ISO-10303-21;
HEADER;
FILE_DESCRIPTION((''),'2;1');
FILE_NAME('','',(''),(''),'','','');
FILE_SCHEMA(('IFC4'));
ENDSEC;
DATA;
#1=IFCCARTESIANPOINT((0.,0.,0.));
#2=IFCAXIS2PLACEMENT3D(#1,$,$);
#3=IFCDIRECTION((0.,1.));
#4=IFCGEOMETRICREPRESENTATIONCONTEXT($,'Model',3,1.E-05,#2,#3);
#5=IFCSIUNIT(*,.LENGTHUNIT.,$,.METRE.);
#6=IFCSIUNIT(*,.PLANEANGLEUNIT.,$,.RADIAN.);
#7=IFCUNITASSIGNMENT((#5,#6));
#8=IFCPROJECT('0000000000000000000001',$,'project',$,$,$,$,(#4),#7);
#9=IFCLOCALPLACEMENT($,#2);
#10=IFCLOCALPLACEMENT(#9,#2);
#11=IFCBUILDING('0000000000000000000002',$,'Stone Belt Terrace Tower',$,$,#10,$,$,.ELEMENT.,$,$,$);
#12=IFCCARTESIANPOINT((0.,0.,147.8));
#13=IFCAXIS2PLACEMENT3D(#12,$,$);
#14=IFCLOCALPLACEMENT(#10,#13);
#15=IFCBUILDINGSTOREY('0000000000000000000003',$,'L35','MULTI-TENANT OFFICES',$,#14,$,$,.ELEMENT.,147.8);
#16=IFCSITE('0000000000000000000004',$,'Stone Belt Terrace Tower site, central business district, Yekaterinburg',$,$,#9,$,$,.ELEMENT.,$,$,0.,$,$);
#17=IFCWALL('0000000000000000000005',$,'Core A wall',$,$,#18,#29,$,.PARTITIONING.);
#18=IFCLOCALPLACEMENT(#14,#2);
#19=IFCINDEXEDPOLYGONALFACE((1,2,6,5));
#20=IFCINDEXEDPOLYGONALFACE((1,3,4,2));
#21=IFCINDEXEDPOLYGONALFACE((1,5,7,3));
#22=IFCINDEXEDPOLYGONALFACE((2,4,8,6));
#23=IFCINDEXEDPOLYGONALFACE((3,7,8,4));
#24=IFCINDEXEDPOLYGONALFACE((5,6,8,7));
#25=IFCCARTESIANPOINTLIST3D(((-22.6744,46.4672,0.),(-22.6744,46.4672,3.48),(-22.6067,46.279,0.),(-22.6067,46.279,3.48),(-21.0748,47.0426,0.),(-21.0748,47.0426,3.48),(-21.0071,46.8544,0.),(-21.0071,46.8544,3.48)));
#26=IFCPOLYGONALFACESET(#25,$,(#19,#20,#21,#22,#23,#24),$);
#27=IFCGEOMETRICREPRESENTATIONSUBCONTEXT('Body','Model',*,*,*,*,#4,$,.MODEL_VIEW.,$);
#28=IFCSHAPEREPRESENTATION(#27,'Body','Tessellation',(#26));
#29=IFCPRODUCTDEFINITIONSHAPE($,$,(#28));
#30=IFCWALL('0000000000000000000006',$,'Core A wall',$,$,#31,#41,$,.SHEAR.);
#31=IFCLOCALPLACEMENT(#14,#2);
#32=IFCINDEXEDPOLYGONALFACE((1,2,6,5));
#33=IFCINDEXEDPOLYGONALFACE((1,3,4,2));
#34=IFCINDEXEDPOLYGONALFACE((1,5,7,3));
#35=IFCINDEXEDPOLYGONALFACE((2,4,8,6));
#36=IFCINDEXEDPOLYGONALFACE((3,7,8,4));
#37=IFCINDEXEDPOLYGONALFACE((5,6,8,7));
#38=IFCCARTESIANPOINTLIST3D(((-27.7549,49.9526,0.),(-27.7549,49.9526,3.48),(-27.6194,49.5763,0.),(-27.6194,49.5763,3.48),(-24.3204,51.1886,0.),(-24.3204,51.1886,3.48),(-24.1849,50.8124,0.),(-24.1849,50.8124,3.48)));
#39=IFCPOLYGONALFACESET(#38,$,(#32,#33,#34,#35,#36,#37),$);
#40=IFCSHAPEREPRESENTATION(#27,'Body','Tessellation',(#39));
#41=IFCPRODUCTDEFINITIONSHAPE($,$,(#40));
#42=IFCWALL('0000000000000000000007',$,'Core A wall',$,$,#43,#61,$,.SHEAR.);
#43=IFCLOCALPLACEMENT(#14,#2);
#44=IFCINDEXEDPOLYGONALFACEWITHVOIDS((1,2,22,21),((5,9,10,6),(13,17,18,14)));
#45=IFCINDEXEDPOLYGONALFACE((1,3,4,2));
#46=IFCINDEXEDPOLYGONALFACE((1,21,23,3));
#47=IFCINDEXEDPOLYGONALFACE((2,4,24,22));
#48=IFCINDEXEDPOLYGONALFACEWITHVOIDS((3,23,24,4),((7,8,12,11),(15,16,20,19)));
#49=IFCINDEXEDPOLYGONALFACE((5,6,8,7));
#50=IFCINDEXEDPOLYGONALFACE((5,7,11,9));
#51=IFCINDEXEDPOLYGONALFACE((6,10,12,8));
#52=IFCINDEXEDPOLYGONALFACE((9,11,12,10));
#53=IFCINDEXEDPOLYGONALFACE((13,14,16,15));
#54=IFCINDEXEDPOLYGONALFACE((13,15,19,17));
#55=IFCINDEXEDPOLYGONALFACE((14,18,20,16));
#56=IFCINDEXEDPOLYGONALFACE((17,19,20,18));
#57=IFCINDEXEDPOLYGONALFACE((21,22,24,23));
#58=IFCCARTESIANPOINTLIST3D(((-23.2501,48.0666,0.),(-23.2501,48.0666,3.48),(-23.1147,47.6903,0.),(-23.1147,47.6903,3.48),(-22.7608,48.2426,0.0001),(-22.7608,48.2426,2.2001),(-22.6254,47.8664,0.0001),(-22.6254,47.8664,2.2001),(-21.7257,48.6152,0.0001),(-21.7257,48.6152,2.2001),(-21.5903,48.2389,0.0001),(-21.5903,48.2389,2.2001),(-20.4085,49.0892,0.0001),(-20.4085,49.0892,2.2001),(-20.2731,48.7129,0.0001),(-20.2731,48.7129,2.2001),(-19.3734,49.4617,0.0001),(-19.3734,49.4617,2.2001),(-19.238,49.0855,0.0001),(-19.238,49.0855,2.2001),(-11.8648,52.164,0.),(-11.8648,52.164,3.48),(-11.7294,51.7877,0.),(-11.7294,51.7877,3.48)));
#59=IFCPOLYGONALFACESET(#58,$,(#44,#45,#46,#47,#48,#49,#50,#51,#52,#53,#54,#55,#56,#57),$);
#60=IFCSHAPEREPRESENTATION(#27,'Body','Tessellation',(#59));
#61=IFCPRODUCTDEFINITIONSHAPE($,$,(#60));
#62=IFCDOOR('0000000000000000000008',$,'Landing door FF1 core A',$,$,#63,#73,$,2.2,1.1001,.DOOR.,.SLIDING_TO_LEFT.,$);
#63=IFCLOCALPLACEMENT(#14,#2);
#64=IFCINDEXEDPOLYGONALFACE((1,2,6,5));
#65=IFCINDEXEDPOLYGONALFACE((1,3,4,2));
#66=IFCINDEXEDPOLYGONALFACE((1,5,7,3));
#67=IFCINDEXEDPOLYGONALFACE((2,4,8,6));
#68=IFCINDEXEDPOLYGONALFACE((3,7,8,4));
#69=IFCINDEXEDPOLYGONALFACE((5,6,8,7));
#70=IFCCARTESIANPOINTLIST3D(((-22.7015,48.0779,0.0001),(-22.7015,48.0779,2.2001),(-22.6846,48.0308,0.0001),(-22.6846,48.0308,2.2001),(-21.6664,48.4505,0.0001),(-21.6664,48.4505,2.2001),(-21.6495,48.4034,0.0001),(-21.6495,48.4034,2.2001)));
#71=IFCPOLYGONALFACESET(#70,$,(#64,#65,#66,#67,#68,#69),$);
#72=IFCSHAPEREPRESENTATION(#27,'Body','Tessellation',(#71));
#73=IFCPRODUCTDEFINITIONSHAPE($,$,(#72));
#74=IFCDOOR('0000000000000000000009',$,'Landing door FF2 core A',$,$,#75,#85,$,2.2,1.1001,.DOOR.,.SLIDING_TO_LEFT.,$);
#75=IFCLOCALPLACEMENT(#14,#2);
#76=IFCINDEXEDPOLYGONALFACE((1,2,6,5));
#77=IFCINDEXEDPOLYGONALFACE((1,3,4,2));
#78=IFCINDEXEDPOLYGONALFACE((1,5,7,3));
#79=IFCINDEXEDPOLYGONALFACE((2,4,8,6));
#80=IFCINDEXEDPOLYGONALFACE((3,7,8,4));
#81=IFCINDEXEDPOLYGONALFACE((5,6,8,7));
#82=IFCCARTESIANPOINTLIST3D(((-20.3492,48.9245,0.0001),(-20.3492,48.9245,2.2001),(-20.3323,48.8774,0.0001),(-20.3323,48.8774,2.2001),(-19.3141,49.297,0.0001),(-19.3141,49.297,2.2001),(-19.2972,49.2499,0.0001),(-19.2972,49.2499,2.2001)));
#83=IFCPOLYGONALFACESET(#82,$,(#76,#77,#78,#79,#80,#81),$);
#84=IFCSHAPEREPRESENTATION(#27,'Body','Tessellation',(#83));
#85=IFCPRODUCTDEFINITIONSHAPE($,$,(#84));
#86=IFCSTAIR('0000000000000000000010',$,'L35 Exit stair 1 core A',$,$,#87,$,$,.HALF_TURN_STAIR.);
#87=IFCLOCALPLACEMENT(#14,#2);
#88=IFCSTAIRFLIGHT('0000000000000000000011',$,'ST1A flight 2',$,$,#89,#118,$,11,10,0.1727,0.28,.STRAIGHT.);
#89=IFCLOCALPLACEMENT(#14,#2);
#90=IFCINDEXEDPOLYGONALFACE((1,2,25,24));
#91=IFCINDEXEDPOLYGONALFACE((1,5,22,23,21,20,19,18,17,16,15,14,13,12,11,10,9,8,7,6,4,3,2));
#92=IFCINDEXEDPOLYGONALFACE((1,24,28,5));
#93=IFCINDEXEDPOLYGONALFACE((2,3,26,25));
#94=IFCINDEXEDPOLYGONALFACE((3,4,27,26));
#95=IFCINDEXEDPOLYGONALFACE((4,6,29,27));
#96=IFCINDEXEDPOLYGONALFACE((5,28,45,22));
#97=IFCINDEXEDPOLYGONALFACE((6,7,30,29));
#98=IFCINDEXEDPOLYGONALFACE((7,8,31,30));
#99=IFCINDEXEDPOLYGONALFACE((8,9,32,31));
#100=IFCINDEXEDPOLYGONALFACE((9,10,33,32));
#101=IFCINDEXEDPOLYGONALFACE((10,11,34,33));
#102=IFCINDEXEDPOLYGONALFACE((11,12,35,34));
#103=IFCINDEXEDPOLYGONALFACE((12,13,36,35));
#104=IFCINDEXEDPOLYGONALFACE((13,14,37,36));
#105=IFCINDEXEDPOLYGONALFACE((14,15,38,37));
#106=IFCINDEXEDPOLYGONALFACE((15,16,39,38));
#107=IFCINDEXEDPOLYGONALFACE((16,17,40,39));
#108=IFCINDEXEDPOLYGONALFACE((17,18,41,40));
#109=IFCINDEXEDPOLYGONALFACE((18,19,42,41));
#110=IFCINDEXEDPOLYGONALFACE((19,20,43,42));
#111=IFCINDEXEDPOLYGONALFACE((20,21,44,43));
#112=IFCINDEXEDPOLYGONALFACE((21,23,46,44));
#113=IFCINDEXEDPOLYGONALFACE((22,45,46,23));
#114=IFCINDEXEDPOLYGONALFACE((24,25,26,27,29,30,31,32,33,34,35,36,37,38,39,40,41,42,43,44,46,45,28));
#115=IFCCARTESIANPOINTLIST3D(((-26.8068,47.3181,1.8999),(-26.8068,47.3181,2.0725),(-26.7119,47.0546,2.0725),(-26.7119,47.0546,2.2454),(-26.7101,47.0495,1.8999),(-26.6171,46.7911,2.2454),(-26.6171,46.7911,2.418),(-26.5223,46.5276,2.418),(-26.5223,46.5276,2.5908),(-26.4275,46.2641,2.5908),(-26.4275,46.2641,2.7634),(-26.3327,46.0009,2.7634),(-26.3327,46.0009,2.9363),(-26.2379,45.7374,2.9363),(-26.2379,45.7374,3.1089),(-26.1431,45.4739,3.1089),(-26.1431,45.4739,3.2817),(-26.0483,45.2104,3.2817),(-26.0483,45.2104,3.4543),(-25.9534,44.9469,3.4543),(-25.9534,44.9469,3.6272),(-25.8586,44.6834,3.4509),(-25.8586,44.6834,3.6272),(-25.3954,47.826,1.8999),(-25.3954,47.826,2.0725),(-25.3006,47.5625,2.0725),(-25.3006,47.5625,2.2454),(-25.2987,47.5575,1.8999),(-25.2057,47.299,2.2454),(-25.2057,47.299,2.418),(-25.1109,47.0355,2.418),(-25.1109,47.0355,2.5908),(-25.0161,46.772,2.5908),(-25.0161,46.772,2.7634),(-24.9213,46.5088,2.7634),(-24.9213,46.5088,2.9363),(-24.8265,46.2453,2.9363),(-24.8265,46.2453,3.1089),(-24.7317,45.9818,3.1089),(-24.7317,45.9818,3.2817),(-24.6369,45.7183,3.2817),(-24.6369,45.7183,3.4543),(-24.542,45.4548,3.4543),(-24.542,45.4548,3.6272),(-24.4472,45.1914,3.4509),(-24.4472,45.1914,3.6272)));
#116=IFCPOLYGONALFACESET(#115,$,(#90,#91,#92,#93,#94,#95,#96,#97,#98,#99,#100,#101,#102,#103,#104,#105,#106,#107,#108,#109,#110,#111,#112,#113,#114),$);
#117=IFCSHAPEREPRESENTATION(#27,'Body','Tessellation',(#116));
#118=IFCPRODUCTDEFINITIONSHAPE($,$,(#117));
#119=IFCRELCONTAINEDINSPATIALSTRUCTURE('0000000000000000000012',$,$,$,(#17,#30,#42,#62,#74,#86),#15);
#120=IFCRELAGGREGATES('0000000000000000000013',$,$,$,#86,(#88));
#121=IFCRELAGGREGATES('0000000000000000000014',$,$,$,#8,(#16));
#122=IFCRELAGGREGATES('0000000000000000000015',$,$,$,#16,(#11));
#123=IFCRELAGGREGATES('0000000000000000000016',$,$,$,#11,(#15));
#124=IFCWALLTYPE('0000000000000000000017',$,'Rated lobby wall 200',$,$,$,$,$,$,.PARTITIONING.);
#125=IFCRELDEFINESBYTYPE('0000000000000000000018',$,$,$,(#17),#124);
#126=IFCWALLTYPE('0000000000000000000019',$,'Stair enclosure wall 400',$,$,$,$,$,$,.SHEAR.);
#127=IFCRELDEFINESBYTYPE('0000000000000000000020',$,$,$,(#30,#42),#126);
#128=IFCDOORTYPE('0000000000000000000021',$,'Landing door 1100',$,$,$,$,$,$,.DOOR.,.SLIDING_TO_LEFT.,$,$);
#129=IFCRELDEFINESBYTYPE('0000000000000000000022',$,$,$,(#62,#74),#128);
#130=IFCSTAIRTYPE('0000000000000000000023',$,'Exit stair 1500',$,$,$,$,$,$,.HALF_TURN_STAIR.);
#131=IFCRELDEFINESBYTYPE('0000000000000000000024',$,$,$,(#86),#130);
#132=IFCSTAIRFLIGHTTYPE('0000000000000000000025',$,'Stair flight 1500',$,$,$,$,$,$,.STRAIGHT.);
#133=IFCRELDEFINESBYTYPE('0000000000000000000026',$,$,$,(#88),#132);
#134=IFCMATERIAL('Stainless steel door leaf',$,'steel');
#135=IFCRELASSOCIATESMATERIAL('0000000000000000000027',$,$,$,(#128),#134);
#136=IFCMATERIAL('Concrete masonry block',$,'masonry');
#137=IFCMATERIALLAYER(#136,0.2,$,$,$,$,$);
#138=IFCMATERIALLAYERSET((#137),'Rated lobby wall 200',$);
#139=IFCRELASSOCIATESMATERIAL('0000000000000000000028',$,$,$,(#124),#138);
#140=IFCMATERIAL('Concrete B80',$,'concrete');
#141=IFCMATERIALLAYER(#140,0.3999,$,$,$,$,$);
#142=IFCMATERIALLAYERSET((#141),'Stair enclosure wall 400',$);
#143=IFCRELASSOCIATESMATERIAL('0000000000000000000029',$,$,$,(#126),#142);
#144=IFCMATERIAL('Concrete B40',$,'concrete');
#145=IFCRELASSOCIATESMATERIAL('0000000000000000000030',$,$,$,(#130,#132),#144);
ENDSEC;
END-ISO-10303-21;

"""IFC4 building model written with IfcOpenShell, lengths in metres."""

from ifc_helpers import new_model, si_unit, direction, frame, frame_2d, origin, place, context, subcontext, project, spatial, polyline, rectangle, outline, extrude, material, layer, layer_set, type_object, element, fill, aggregate, save


model = new_model("IFC4")

# Units and contexts
model_context = context("Model", 3, precision=1e-05, world=origin(), true_north=direction((0.0, 1.0)))
body_context = subcontext(model_context, "Body", "Model", "MODEL_VIEW")
ifc_project = project(units=[si_unit("LENGTHUNIT", "METRE"), si_unit("PLANEANGLEUNIT", "RADIAN")], contexts=[model_context])

# Site, building, storey
site_placement = place(None, origin())
site = spatial("IfcSite", under=ifc_project, at=site_placement, Name="Stone Belt Terrace Tower site, central business district, Yekaterinburg", CompositionType="ELEMENT", RefElevation=0.0)
building_placement = place(site_placement, origin())
building = spatial("IfcBuilding", under=site, at=building_placement, Name="Stone Belt Terrace Tower", CompositionType="ELEMENT")
storey_placement = place(building_placement, frame((0.0, 0.0, 147.8)))
storey = spatial("IfcBuildingStorey", under=building, at=storey_placement, Name="L35", Description="MULTI-TENANT OFFICES", CompositionType="ELEMENT", Elevation=147.8)

# Shared definitions
ifc_material_1 = material(Name="Concrete B80", Category="concrete")

# Shared definitions
ifc_material_2 = material(Name="Stainless steel door leaf", Category="steel")

# Shared definitions
door_type_1 = type_object("IfcDoorType", Name="Landing door 1100", OperationType="SLIDING_TO_LEFT", PredefinedType="DOOR", material=ifc_material_2)

# Walls
ifc_material_3 = material(Name="Concrete masonry block", Category="masonry")
ifc_layer_1 = layer(ifc_material_3, 0.2)
ifc_layer_set_1 = layer_set([ifc_layer_1], Name="Rated lobby wall 200")
wall_type_1 = type_object("IfcWallType", Name="Rated lobby wall 200", PredefinedType="PARTITIONING", material=ifc_layer_set_1)
wall_1_placement = place(storey_placement, frame((-22.6406, 46.373, 0.0), z_axis=(0.0, 0.0, 1.0), x_axis=(0.940966, 0.338501, 0.0)))
element("IfcWall", 1, at=wall_1_placement, inside=storey, type_object=wall_type_1, Name="Core A wall", PredefinedType="PARTITIONING", context=body_context, shape_type="SweptSolid", body=[
    extrude(rectangle(XDim=1.7, YDim=0.2, at=frame_2d((0.8501, 0.0))), origin(), (0.0, 0.0, 1.0), 3.48),
])
ifc_layer_2 = layer(ifc_material_1, 0.3999)
ifc_layer_set_2 = layer_set([ifc_layer_2], Name="Stair enclosure wall 400")
wall_type_2 = type_object("IfcWallType", Name="Stair enclosure wall 400", PredefinedType="SHEAR", material=ifc_layer_set_2)
wall_2_placement = place(storey_placement, frame((-27.6873, 49.7644, 0.0), z_axis=(0.0, 0.0, 1.0), x_axis=(0.940919, 0.338632, 0.0)))
element("IfcWall", 2, at=wall_2_placement, inside=storey, type_object=wall_type_2, Name="Core A wall", PredefinedType="SHEAR", context=body_context, shape_type="SweptSolid", body=[
    extrude(rectangle(XDim=3.6501, YDim=0.3999, at=frame_2d((1.8252, 0.0))), origin(), (0.0, 0.0, 1.0), 3.48),
])

# Wall, openings, doors
wall_3_placement = place(storey_placement, frame((-23.1824, 47.8784, 0.0), z_axis=(0.0, 0.0, 1.0), x_axis=(0.940921, 0.338626, 0.0)))
wall_3 = element("IfcWall", 3, at=wall_3_placement, inside=storey, type_object=wall_type_2, Name="Core A wall", PredefinedType="SHEAR", context=body_context, shape_type="SweptSolid", body=[
    extrude(rectangle(XDim=12.1001, YDim=0.3999, at=frame_2d((6.05, 0.0))), origin(), (0.0, 0.0, 1.0), 3.48),
])
opening_1_placement = place(wall_3_placement, frame((0.52, 0.0, 0.0)))
opening_1 = element("IfcOpeningElement", 4, at=opening_1_placement, cuts=wall_3, PredefinedType="OPENING", context=body_context, shape_type="SweptSolid", body=[
    extrude(rectangle(XDim=1.1001, YDim=2.2, at=frame_2d((0.55, 1.1001))), frame((0.0, 0.21, 0.0), z_axis=(0.0, -1.0, 0.0), x_axis=(1.0, 0.0, 0.0)), (0.0, 0.0, 1.0), 0.4199),
])
opening_2_placement = place(wall_3_placement, frame((3.02, 0.0, 0.0)))
opening_2 = element("IfcOpeningElement", 5, at=opening_2_placement, cuts=wall_3, PredefinedType="OPENING", context=body_context, shape_type="SweptSolid", body=[
    extrude(rectangle(XDim=1.1001, YDim=2.2, at=frame_2d((0.55, 1.1001))), frame((0.0, 0.21, 0.0), z_axis=(0.0, -1.0, 0.0), x_axis=(1.0, 0.0, 0.0)), (0.0, 0.0, 1.0), 0.4199),
])
door_1_placement = place(opening_1_placement, origin())
door_1 = element("IfcDoor", 6, at=door_1_placement, inside=storey, type_object=door_type_1, Name="Landing door FF1 core A", OperationType="SLIDING_TO_LEFT", OverallHeight=2.2, OverallWidth=1.1001, PredefinedType="DOOR", context=body_context, shape_type="SweptSolid", body=[
    extrude(rectangle(XDim=1.1001, YDim=2.2, at=frame_2d((0.55, 1.1001))), frame((0.0, 0.0249, 0.0), z_axis=(0.0, -1.0, 0.0), x_axis=(1.0, 0.0, 0.0)), (0.0, 0.0, 1.0), 0.05),
])
fill(opening_1, door_1)
door_2_placement = place(opening_2_placement, origin())
door_2 = element("IfcDoor", 7, at=door_2_placement, inside=storey, type_object=door_type_1, Name="Landing door FF2 core A", OperationType="SLIDING_TO_LEFT", OverallHeight=2.2, OverallWidth=1.1001, PredefinedType="DOOR", context=body_context, shape_type="SweptSolid", body=[
    extrude(rectangle(XDim=1.1001, YDim=2.2, at=frame_2d((0.55, 1.1001))), frame((0.0, 0.0249, 0.0), z_axis=(0.0, -1.0, 0.0), x_axis=(1.0, 0.0, 0.0)), (0.0, 0.0, 1.0), 0.05),
])
fill(opening_2, door_2)

# Stair, stair flight
ifc_material_4 = material(Name="Concrete B40", Category="concrete")
stair_type = type_object("IfcStairType", Name="Exit stair 1500", PredefinedType="HALF_TURN_STAIR", material=ifc_material_4)
stair_placement = place(storey_placement, origin())
stair = element("IfcStair", 8, at=stair_placement, inside=storey, type_object=stair_type, Name="L35 Exit stair 1 core A", PredefinedType="HALF_TURN_STAIR")
stair_flight_type = type_object("IfcStairFlightType", Name="Stair flight 1500", PredefinedType="STRAIGHT", material=ifc_material_4)
stair_flight_placement = place(storey_placement, frame((-26.1011, 47.572, 1.8999), z_axis=(0.0, 0.0, 1.0), x_axis=(0.338624, -0.940922, 0.0)))
stair_flight = element("IfcStairFlight", 9, at=stair_flight_placement, type_object=stair_flight_type, Name="ST1A flight 2", NumberOfRisers=11, NumberOfTreads=10, PredefinedType="STRAIGHT", RiserHeight=0.1727, TreadLength=0.28, context=body_context, shape_type="SweptSolid", body=[
    extrude(outline(polyline([(0.0, 0.0), (0.0, 0.1726), (0.28, 0.1726), (0.28, 0.3455), (0.5601, 0.3455), (0.5601, 0.5181), (0.8401, 0.5181), (0.8401, 0.6909), (1.1201, 0.6909), (1.1201, 0.8635), (1.3999, 0.8635), (1.3999, 1.0364), (1.6799, 1.0364), (1.6799, 1.209), (1.96, 1.209), (1.96, 1.3818), (2.24, 1.3818), (2.24, 1.5544), (2.52, 1.5544), (2.52, 1.7273), (2.8, 1.7273), (2.8, 1.8999), (2.8, 1.551), (0.2854, 0.0), (0.0, 0.0)])), frame((0.0, 0.75, 0.0), z_axis=(0.0, -1.0, 0.0), x_axis=(1.0, 0.0, 0.0)), (0.0, 0.0, 1.0), 1.5),
])
aggregate(stair, [stair_flight])

save(model, "model.ifc")
